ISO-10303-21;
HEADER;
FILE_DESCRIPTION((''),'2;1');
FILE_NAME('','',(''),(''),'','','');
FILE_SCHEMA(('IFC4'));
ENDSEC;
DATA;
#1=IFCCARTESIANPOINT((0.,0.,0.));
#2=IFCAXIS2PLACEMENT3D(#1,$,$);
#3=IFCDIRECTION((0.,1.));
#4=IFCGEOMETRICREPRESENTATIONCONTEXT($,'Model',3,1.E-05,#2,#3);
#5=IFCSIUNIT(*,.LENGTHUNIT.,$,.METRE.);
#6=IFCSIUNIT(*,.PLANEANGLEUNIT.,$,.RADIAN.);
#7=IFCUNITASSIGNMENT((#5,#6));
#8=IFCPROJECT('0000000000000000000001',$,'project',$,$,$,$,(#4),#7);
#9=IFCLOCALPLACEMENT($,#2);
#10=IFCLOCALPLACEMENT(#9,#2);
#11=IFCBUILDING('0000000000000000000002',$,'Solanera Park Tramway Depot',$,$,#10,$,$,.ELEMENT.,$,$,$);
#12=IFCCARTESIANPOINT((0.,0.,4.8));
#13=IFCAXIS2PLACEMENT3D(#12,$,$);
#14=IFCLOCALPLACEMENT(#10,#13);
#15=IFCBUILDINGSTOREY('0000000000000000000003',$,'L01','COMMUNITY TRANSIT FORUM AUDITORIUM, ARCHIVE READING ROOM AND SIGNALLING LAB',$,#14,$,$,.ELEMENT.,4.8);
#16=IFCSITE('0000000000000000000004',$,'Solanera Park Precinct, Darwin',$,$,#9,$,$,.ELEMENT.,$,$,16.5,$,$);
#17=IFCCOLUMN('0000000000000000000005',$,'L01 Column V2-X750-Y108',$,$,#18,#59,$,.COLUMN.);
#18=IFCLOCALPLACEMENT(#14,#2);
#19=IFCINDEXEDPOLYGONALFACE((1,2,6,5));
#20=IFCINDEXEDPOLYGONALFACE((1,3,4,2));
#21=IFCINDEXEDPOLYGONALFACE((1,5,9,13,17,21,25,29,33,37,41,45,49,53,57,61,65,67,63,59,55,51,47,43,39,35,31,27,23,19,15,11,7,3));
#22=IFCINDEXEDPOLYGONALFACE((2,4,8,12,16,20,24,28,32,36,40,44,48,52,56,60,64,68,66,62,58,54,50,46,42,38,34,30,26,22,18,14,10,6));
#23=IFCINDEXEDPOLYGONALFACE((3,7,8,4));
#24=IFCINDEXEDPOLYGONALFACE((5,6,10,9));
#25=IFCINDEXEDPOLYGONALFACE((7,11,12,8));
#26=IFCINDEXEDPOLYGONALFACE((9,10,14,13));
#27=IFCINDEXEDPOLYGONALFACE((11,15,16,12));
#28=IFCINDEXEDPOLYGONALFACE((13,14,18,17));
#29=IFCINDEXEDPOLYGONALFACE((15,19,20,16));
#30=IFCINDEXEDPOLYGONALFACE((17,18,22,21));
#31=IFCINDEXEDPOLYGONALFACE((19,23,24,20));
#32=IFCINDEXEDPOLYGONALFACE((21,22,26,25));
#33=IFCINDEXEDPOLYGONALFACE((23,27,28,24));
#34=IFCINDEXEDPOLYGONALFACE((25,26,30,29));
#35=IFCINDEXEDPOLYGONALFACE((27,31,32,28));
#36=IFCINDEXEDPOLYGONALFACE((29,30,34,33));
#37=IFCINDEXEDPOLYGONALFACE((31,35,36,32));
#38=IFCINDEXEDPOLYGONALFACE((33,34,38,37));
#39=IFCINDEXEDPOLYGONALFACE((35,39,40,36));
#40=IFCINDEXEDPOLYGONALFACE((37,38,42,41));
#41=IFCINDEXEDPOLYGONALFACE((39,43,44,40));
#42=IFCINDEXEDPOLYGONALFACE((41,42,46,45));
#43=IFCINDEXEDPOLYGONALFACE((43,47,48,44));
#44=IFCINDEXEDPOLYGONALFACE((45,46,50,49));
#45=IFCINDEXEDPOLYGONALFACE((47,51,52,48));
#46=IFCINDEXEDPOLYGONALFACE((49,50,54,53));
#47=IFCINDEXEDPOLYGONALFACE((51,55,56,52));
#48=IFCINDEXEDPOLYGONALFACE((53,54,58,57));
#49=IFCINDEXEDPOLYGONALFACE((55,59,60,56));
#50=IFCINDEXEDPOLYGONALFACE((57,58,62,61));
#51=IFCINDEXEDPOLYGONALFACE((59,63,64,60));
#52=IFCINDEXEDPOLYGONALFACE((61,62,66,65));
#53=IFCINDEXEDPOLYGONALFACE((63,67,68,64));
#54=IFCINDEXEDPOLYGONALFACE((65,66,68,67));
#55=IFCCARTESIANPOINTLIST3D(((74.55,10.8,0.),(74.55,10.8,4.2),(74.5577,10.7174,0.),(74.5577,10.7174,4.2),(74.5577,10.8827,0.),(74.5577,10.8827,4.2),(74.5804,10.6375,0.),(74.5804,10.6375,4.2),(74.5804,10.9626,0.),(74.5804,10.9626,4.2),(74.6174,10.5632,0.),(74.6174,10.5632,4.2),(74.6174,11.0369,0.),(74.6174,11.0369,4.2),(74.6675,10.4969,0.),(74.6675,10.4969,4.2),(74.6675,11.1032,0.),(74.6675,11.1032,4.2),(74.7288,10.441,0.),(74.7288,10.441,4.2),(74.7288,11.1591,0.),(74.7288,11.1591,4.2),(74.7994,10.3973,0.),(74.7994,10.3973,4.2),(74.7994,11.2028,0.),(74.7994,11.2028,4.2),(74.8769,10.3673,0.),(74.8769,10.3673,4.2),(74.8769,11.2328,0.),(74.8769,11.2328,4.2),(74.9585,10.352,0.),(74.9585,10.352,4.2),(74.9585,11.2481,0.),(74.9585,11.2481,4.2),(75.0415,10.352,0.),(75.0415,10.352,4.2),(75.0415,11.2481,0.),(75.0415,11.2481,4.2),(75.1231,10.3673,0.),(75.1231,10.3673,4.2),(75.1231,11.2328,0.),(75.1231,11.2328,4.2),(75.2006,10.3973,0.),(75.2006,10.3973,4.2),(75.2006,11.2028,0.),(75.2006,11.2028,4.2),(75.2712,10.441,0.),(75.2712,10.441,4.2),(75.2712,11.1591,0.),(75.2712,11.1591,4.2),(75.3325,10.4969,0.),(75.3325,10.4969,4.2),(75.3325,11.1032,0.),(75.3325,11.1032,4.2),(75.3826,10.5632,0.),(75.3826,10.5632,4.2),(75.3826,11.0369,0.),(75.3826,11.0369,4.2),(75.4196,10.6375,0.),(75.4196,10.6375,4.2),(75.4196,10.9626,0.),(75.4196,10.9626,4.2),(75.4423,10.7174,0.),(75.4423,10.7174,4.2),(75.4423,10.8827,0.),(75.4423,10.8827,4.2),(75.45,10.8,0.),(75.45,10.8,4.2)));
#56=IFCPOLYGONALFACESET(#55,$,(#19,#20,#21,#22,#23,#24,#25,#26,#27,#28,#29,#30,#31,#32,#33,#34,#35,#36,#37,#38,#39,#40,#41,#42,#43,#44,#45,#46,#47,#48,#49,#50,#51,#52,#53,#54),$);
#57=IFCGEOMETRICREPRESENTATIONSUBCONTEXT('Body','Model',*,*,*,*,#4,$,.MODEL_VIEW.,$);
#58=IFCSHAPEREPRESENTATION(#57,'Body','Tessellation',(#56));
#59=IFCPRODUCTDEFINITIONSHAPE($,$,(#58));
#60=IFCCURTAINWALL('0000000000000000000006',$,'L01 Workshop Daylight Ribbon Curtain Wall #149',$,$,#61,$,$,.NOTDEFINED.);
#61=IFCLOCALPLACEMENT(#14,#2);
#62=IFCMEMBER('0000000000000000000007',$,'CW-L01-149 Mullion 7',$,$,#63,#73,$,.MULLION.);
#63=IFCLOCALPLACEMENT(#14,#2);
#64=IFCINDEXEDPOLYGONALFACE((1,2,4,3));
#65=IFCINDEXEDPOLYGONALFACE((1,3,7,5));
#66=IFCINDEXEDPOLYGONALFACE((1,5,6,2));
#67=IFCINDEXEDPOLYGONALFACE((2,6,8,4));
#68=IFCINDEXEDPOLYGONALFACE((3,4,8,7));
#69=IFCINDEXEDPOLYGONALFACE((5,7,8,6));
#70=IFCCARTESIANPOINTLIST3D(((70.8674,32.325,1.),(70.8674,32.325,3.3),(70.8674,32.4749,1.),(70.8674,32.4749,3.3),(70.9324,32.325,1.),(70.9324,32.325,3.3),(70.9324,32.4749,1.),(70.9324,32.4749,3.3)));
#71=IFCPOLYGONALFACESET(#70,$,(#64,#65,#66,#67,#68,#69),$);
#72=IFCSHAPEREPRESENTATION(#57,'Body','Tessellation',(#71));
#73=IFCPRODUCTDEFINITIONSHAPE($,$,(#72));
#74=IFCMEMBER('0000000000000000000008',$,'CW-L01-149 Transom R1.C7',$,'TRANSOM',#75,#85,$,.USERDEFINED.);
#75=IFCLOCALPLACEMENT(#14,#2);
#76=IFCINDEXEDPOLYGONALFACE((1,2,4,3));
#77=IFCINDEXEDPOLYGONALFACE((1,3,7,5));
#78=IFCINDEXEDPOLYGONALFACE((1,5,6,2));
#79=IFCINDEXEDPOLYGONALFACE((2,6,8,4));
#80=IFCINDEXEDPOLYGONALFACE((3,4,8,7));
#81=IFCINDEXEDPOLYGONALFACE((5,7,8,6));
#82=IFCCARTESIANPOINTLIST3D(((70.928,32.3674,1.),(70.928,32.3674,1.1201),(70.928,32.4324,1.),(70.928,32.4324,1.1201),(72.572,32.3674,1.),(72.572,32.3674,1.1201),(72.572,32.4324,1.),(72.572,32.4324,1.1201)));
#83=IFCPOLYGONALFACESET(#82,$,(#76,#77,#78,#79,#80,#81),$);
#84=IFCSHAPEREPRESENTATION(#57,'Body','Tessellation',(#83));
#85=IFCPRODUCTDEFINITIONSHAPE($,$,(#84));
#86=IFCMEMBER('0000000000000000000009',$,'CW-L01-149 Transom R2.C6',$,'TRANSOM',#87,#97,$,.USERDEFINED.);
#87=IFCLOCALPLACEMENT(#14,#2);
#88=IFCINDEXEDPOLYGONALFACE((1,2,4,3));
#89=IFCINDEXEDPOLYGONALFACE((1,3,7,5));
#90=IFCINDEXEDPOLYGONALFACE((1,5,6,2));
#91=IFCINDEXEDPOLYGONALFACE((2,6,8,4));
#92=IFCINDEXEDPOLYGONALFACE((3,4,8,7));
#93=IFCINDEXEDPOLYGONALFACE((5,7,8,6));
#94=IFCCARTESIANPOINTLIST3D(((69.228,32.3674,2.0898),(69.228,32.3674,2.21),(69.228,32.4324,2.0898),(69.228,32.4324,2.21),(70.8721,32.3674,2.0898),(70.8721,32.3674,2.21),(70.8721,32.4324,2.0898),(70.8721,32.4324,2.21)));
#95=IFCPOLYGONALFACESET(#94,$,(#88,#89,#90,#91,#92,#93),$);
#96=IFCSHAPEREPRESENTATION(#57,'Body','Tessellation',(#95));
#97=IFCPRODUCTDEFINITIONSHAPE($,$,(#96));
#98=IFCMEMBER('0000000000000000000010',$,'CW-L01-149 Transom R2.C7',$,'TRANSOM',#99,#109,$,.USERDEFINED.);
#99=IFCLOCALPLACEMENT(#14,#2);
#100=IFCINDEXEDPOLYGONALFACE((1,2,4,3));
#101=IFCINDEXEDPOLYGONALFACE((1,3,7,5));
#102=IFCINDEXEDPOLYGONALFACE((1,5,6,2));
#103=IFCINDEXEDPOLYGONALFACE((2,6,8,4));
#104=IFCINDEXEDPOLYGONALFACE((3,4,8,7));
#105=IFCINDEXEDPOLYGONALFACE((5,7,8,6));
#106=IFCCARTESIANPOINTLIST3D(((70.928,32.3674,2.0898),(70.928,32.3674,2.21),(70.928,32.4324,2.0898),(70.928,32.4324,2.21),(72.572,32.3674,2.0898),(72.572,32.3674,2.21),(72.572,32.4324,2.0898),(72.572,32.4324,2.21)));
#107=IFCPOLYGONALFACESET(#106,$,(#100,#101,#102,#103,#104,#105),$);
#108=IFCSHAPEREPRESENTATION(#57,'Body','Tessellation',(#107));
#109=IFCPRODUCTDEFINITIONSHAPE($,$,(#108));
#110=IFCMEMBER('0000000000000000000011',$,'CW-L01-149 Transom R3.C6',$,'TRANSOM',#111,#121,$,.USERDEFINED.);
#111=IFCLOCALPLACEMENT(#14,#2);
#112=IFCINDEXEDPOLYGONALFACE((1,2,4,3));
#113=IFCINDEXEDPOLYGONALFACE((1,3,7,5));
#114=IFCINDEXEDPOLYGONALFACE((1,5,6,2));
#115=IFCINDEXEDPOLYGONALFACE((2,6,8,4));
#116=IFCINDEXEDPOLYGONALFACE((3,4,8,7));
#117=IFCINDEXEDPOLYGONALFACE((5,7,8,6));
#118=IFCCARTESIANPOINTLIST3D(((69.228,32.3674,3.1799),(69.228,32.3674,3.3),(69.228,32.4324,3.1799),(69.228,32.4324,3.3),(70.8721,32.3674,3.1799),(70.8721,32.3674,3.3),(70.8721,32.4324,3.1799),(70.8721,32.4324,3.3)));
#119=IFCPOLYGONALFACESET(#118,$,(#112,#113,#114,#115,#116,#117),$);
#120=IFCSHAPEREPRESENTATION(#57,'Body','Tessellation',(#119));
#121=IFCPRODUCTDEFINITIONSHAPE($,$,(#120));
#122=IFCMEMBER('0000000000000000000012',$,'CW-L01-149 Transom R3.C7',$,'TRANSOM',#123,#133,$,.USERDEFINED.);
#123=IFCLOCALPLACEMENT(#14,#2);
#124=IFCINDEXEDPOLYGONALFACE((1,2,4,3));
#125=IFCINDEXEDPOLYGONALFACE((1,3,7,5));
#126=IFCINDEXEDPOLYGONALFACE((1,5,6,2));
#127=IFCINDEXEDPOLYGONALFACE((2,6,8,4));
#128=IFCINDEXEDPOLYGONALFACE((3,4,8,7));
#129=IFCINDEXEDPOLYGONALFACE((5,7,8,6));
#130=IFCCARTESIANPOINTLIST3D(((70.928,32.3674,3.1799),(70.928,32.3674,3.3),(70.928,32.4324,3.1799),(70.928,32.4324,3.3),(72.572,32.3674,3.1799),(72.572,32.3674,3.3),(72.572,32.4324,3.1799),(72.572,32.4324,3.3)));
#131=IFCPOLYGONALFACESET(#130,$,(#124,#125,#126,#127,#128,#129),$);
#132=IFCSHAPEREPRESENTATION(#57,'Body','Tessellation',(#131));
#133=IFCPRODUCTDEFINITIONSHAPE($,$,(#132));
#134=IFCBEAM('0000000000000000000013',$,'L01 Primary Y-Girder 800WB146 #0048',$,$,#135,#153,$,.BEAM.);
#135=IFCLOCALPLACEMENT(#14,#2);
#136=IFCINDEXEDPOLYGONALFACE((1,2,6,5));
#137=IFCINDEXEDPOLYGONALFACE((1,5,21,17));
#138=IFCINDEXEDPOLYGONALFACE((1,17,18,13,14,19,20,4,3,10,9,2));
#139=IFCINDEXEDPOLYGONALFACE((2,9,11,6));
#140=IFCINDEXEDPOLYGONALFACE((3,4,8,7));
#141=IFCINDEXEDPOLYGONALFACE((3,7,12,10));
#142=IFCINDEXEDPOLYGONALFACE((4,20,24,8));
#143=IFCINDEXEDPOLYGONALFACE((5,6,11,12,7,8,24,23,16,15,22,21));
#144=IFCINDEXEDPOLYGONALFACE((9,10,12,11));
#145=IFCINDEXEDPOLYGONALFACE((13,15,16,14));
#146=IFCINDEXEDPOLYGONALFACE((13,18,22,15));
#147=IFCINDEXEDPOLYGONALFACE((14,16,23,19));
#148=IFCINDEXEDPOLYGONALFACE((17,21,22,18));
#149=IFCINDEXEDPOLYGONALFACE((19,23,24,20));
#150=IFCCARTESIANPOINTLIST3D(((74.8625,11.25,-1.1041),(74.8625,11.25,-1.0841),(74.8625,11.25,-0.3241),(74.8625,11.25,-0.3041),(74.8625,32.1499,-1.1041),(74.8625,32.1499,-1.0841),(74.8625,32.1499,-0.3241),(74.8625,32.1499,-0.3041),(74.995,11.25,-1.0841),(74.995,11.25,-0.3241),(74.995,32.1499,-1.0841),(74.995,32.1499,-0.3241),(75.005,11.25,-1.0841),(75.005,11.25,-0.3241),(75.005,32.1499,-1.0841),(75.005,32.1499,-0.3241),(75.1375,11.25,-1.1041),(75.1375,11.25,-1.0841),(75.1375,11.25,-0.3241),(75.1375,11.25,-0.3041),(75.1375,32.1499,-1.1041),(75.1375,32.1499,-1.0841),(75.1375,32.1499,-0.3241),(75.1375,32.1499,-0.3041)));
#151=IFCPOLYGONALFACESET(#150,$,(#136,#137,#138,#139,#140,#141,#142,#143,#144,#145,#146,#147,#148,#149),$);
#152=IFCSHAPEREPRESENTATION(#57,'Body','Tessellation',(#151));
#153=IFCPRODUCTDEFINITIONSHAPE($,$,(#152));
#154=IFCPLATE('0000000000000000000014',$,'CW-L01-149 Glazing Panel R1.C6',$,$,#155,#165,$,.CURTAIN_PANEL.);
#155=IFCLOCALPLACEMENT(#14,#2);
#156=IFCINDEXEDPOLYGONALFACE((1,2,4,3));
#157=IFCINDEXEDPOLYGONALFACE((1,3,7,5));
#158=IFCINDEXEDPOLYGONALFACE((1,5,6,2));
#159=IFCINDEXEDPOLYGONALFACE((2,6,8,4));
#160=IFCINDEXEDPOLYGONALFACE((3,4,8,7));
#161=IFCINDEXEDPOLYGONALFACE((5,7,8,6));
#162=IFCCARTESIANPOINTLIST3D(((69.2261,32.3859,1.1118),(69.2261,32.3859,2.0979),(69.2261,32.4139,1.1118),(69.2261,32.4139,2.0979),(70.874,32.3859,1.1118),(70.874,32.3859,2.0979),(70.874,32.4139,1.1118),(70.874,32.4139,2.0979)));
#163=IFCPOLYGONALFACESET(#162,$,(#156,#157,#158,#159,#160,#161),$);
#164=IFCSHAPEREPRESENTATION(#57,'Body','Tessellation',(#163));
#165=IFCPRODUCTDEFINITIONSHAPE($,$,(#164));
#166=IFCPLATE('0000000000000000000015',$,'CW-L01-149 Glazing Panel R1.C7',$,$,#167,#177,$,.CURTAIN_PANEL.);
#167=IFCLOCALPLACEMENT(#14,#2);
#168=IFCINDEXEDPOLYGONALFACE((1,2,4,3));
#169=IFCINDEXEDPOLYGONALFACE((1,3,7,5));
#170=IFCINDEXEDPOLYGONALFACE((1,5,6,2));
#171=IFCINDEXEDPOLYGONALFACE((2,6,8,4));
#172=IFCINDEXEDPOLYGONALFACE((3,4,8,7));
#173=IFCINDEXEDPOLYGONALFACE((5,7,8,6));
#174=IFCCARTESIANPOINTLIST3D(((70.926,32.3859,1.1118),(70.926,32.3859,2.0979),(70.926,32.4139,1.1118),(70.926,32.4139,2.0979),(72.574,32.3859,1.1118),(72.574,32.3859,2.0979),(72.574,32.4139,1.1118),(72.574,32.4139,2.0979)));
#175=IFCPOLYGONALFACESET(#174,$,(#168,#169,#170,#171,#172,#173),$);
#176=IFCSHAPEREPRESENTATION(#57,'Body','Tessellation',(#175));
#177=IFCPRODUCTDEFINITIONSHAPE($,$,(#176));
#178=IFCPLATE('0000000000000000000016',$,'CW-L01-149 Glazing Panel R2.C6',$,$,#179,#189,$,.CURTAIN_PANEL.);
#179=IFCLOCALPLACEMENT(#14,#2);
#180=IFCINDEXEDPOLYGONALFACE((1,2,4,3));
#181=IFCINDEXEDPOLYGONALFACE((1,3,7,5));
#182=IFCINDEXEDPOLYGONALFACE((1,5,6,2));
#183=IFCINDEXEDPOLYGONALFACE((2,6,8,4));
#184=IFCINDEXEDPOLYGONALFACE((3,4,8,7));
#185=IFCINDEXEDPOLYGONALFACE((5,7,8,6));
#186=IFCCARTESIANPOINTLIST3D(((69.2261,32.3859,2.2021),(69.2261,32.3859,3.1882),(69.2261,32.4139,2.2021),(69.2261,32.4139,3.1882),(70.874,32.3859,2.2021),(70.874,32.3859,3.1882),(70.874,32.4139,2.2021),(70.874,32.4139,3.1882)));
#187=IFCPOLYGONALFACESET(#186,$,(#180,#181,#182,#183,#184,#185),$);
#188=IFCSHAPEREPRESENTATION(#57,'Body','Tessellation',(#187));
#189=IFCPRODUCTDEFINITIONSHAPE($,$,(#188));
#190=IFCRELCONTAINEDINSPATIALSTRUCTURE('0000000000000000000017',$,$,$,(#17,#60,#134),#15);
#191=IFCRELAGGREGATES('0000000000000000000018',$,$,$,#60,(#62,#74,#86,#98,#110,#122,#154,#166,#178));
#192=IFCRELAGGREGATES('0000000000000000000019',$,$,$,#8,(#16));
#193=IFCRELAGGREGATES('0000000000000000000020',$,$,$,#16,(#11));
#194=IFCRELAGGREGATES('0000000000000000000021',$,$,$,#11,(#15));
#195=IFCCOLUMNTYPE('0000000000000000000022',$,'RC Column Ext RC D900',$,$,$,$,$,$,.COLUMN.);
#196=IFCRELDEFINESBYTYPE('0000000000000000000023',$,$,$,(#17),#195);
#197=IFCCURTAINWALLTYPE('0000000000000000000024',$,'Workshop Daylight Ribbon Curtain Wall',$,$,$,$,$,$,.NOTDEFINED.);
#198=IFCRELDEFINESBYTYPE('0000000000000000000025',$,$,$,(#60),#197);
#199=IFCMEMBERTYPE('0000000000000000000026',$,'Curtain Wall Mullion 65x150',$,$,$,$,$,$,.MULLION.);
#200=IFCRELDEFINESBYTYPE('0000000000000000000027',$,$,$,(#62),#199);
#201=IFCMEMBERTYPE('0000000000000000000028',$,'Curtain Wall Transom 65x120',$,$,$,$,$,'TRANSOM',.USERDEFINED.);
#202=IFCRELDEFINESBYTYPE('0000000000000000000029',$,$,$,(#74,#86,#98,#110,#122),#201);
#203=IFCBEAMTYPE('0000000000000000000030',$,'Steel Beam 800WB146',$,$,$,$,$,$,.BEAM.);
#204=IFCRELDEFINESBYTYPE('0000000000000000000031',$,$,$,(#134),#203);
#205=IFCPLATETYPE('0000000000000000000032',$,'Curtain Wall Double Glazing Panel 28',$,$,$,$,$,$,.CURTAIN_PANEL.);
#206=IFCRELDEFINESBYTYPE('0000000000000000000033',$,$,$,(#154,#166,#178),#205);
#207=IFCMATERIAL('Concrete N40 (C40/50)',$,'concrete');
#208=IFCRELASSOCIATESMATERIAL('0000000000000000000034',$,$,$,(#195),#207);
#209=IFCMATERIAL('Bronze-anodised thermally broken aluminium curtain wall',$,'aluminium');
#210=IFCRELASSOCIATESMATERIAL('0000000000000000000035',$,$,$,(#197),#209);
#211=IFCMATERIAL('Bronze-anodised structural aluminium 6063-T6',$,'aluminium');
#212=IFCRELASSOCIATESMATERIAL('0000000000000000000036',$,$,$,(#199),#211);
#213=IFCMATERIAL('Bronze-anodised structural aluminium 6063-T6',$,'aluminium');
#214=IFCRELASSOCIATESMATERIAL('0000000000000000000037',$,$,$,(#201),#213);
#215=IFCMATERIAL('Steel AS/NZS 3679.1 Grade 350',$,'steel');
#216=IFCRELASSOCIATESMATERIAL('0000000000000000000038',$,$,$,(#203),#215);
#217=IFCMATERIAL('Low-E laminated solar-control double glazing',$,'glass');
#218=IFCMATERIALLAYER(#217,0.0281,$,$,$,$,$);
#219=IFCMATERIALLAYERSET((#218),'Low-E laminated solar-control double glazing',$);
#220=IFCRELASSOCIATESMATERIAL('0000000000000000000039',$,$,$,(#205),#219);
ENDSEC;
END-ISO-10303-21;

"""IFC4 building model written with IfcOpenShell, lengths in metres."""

from ifc_helpers import new_model, si_unit, direction, frame, origin, origin_2d, place, context, subcontext, project, spatial, rectangle, circle, i_section, extrude, material, layer, layer_set, material_profile, profile_set, type_object, element, aggregate, save


model = new_model("IFC4")

# Units and contexts
model_context = context("Model", 3, precision=1e-05, world=origin(), true_north=direction((0.0, 1.0)))
body_context = subcontext(model_context, "Body", "Model", "MODEL_VIEW")
ifc_project = project(units=[si_unit("LENGTHUNIT", "METRE"), si_unit("PLANEANGLEUNIT", "RADIAN")], contexts=[model_context])

# Site, building, storey
site_placement = place(None, origin())
site = spatial("IfcSite", under=ifc_project, at=site_placement, Name="Solanera Park Precinct, Darwin", CompositionType="ELEMENT", RefElevation=16.5)
building_placement = place(site_placement, origin())
building = spatial("IfcBuilding", under=site, at=building_placement, Name="Solanera Park Tramway Depot", CompositionType="ELEMENT")
storey_placement = place(building_placement, frame((0.0, 0.0, 4.8)))
storey = spatial("IfcBuildingStorey", under=building, at=storey_placement, Name="L01", Description="COMMUNITY TRANSIT FORUM AUDITORIUM, ARCHIVE READING ROOM AND SIGNALLING LAB", CompositionType="ELEMENT", Elevation=4.8)

# Column
ifc_material_1 = material(Name="Concrete N40 (C40/50)", Category="concrete")
ifc_material_profile_1 = material_profile(ifc_material_1, circle(Radius=0.45, at=origin_2d()), Name="RC D900")
ifc_profile_set_1 = profile_set([ifc_material_profile_1], Name="Concrete N40 (C40/50)")
column_type = type_object("IfcColumnType", Name="RC Column Ext RC D900", PredefinedType="COLUMN", material=ifc_profile_set_1)
column_placement = place(storey_placement, frame((75.0, 10.8, 0.0), z_axis=(0.0, 0.0, 1.0), x_axis=(1.0, 0.0, 0.0)))
element("IfcColumn", 1, at=column_placement, inside=storey, type_object=column_type, Name="L01 Column V2-X750-Y108", PredefinedType="COLUMN", context=body_context, shape_type="SweptSolid", body=[
    extrude(circle(Radius=0.45, at=origin_2d()), origin(), (0.0, 0.0, 1.0), 4.2),
])

# Curtain wall, members
ifc_material_2 = material(Name="Bronze-anodised thermally broken aluminium curtain wall", Category="aluminium")
curtain_wall_type = type_object("IfcCurtainWallType", Name="Workshop Daylight Ribbon Curtain Wall", PredefinedType="NOTDEFINED", material=ifc_material_2)
curtain_wall_placement = place(storey_placement, origin())
curtain_wall = element("IfcCurtainWall", 2, at=curtain_wall_placement, inside=storey, type_object=curtain_wall_type, Name="L01 Workshop Daylight Ribbon Curtain Wall #149", PredefinedType="NOTDEFINED")
ifc_material_3 = material(Name="Bronze-anodised structural aluminium 6063-T6", Category="aluminium")
ifc_material_profile_2 = material_profile(ifc_material_3, rectangle(XDim=0.0649, YDim=0.1499, at=origin_2d()), Name="Curtain Wall Mullion 65x150")
ifc_profile_set_2 = profile_set([ifc_material_profile_2], Name="Bronze-anodised structural aluminium 6063-T6")
member_type_1 = type_object("IfcMemberType", Name="Curtain Wall Mullion 65x150", PredefinedType="MULLION", material=ifc_profile_set_2)
member_1_placement = place(storey_placement, frame((70.8999, 32.3999, 1.0), z_axis=(0.0, 0.0, 1.0), x_axis=(1.0, 0.0, 0.0)))
member_1 = element("IfcMember", 3, at=member_1_placement, type_object=member_type_1, Name="CW-L01-149 Mullion 7", PredefinedType="MULLION", context=body_context, shape_type="SweptSolid", body=[
    extrude(rectangle(XDim=0.0649, YDim=0.1499, at=origin_2d()), origin(), (0.0, 0.0, 1.0), 2.3),
])
ifc_material_4 = material(Name="Bronze-anodised structural aluminium 6063-T6", Category="aluminium")
ifc_material_profile_3 = material_profile(ifc_material_4, rectangle(XDim=0.0649, YDim=0.1201, at=origin_2d()), Name="Curtain Wall Transom 65x120")
ifc_profile_set_3 = profile_set([ifc_material_profile_3], Name="Bronze-anodised structural aluminium 6063-T6")
member_type_2 = type_object("IfcMemberType", Name="Curtain Wall Transom 65x120", ElementType="TRANSOM", PredefinedType="USERDEFINED", material=ifc_profile_set_3)
member_2_placement = place(storey_placement, frame((70.928, 32.3999, 1.0601), z_axis=(1.0, 0.0, 0.0), x_axis=(0.0, 1.0, 0.0)))
member_2 = element("IfcMember", 4, at=member_2_placement, type_object=member_type_2, Name="CW-L01-149 Transom R1.C7", ObjectType="TRANSOM", PredefinedType="USERDEFINED", context=body_context, shape_type="SweptSolid", body=[
    extrude(rectangle(XDim=0.0649, YDim=0.1201, at=origin_2d()), origin(), (0.0, 0.0, 1.0), 1.644),
])
member_3_placement = place(storey_placement, frame((69.228, 32.3999, 2.1499), z_axis=(1.0, 0.0, 0.0), x_axis=(0.0, 1.0, 0.0)))
member_3 = element("IfcMember", 5, at=member_3_placement, type_object=member_type_2, Name="CW-L01-149 Transom R2.C6", ObjectType="TRANSOM", PredefinedType="USERDEFINED", context=body_context, shape_type="SweptSolid", body=[
    extrude(rectangle(XDim=0.0649, YDim=0.1201, at=origin_2d()), origin(), (0.0, 0.0, 1.0), 1.644),
])
member_4_placement = place(storey_placement, frame((70.928, 32.3999, 2.1499), z_axis=(1.0, 0.0, 0.0), x_axis=(0.0, 1.0, 0.0)))
member_4 = element("IfcMember", 6, at=member_4_placement, type_object=member_type_2, Name="CW-L01-149 Transom R2.C7", ObjectType="TRANSOM", PredefinedType="USERDEFINED", context=body_context, shape_type="SweptSolid", body=[
    extrude(rectangle(XDim=0.0649, YDim=0.1201, at=origin_2d()), origin(), (0.0, 0.0, 1.0), 1.644),
])
member_5_placement = place(storey_placement, frame((69.228, 32.3999, 3.24), z_axis=(1.0, 0.0, 0.0), x_axis=(0.0, 1.0, 0.0)))
member_5 = element("IfcMember", 7, at=member_5_placement, type_object=member_type_2, Name="CW-L01-149 Transom R3.C6", ObjectType="TRANSOM", PredefinedType="USERDEFINED", context=body_context, shape_type="SweptSolid", body=[
    extrude(rectangle(XDim=0.0649, YDim=0.1201, at=origin_2d()), origin(), (0.0, 0.0, 1.0), 1.644),
])
member_6_placement = place(storey_placement, frame((70.928, 32.3999, 3.24), z_axis=(1.0, 0.0, 0.0), x_axis=(0.0, 1.0, 0.0)))
member_6 = element("IfcMember", 8, at=member_6_placement, type_object=member_type_2, Name="CW-L01-149 Transom R3.C7", ObjectType="TRANSOM", PredefinedType="USERDEFINED", context=body_context, shape_type="SweptSolid", body=[
    extrude(rectangle(XDim=0.0649, YDim=0.1201, at=origin_2d()), origin(), (0.0, 0.0, 1.0), 1.644),
])

# Beam
ifc_material_5 = material(Name="Steel AS/NZS 3679.1 Grade 350", Category="steel")
ifc_material_profile_4 = material_profile(ifc_material_5, i_section(OverallWidth=0.2749, OverallDepth=0.8, WebThickness=0.01, FlangeThickness=0.02, at=origin_2d()), Name="800WB146")
ifc_profile_set_4 = profile_set([ifc_material_profile_4], Name="Steel AS/NZS 3679.1 Grade 350")
beam_type = type_object("IfcBeamType", Name="Steel Beam 800WB146", PredefinedType="BEAM", material=ifc_profile_set_4)
beam_placement = place(storey_placement, frame((75.0, 11.25, -0.7041), z_axis=(0.0, 1.0, 0.0), x_axis=(-1.0, 0.0, 0.0)))
element("IfcBeam", 9, at=beam_placement, inside=storey, type_object=beam_type, Name="L01 Primary Y-Girder 800WB146 #0048", PredefinedType="BEAM", context=body_context, shape_type="SweptSolid", body=[
    extrude(i_section(OverallWidth=0.2749, OverallDepth=0.8, WebThickness=0.01, FlangeThickness=0.02, at=origin_2d()), origin(), (0.0, 0.0, 1.0), 20.8999),
])

# Plates
ifc_material_6 = material(Name="Low-E laminated solar-control double glazing", Category="glass")
ifc_layer_1 = layer(ifc_material_6, 0.0281)
ifc_layer_set_1 = layer_set([ifc_layer_1], Name="Low-E laminated solar-control double glazing")
plate_type = type_object("IfcPlateType", Name="Curtain Wall Double Glazing Panel 28", PredefinedType="CURTAIN_PANEL", material=ifc_layer_set_1)
plate_1_placement = place(storey_placement, frame((70.05, 32.3999, 1.1118), z_axis=(0.0, 0.0, 1.0), x_axis=(1.0, 0.0, 0.0)))
plate_1 = element("IfcPlate", 10, at=plate_1_placement, type_object=plate_type, Name="CW-L01-149 Glazing Panel R1.C6", PredefinedType="CURTAIN_PANEL", context=body_context, shape_type="SweptSolid", body=[
    extrude(rectangle(XDim=1.6479, YDim=0.0281, at=origin_2d()), origin(), (0.0, 0.0, 1.0), 0.9861),
])
plate_2_placement = place(storey_placement, frame((71.75, 32.3999, 1.1118), z_axis=(0.0, 0.0, 1.0), x_axis=(1.0, 0.0, 0.0)))
plate_2 = element("IfcPlate", 11, at=plate_2_placement, type_object=plate_type, Name="CW-L01-149 Glazing Panel R1.C7", PredefinedType="CURTAIN_PANEL", context=body_context, shape_type="SweptSolid", body=[
    extrude(rectangle(XDim=1.6479, YDim=0.0281, at=origin_2d()), origin(), (0.0, 0.0, 1.0), 0.9861),
])
plate_3_placement = place(storey_placement, frame((70.05, 32.3999, 2.2021), z_axis=(0.0, 0.0, 1.0), x_axis=(1.0, 0.0, 0.0)))
plate_3 = element("IfcPlate", 12, at=plate_3_placement, type_object=plate_type, Name="CW-L01-149 Glazing Panel R2.C6", PredefinedType="CURTAIN_PANEL", context=body_context, shape_type="SweptSolid", body=[
    extrude(rectangle(XDim=1.6479, YDim=0.0281, at=origin_2d()), origin(), (0.0, 0.0, 1.0), 0.9861),
])
aggregate(curtain_wall, [member_1, member_2, member_3, member_4, member_5, member_6, plate_1, plate_2, plate_3])

save(model, "model.ifc")
